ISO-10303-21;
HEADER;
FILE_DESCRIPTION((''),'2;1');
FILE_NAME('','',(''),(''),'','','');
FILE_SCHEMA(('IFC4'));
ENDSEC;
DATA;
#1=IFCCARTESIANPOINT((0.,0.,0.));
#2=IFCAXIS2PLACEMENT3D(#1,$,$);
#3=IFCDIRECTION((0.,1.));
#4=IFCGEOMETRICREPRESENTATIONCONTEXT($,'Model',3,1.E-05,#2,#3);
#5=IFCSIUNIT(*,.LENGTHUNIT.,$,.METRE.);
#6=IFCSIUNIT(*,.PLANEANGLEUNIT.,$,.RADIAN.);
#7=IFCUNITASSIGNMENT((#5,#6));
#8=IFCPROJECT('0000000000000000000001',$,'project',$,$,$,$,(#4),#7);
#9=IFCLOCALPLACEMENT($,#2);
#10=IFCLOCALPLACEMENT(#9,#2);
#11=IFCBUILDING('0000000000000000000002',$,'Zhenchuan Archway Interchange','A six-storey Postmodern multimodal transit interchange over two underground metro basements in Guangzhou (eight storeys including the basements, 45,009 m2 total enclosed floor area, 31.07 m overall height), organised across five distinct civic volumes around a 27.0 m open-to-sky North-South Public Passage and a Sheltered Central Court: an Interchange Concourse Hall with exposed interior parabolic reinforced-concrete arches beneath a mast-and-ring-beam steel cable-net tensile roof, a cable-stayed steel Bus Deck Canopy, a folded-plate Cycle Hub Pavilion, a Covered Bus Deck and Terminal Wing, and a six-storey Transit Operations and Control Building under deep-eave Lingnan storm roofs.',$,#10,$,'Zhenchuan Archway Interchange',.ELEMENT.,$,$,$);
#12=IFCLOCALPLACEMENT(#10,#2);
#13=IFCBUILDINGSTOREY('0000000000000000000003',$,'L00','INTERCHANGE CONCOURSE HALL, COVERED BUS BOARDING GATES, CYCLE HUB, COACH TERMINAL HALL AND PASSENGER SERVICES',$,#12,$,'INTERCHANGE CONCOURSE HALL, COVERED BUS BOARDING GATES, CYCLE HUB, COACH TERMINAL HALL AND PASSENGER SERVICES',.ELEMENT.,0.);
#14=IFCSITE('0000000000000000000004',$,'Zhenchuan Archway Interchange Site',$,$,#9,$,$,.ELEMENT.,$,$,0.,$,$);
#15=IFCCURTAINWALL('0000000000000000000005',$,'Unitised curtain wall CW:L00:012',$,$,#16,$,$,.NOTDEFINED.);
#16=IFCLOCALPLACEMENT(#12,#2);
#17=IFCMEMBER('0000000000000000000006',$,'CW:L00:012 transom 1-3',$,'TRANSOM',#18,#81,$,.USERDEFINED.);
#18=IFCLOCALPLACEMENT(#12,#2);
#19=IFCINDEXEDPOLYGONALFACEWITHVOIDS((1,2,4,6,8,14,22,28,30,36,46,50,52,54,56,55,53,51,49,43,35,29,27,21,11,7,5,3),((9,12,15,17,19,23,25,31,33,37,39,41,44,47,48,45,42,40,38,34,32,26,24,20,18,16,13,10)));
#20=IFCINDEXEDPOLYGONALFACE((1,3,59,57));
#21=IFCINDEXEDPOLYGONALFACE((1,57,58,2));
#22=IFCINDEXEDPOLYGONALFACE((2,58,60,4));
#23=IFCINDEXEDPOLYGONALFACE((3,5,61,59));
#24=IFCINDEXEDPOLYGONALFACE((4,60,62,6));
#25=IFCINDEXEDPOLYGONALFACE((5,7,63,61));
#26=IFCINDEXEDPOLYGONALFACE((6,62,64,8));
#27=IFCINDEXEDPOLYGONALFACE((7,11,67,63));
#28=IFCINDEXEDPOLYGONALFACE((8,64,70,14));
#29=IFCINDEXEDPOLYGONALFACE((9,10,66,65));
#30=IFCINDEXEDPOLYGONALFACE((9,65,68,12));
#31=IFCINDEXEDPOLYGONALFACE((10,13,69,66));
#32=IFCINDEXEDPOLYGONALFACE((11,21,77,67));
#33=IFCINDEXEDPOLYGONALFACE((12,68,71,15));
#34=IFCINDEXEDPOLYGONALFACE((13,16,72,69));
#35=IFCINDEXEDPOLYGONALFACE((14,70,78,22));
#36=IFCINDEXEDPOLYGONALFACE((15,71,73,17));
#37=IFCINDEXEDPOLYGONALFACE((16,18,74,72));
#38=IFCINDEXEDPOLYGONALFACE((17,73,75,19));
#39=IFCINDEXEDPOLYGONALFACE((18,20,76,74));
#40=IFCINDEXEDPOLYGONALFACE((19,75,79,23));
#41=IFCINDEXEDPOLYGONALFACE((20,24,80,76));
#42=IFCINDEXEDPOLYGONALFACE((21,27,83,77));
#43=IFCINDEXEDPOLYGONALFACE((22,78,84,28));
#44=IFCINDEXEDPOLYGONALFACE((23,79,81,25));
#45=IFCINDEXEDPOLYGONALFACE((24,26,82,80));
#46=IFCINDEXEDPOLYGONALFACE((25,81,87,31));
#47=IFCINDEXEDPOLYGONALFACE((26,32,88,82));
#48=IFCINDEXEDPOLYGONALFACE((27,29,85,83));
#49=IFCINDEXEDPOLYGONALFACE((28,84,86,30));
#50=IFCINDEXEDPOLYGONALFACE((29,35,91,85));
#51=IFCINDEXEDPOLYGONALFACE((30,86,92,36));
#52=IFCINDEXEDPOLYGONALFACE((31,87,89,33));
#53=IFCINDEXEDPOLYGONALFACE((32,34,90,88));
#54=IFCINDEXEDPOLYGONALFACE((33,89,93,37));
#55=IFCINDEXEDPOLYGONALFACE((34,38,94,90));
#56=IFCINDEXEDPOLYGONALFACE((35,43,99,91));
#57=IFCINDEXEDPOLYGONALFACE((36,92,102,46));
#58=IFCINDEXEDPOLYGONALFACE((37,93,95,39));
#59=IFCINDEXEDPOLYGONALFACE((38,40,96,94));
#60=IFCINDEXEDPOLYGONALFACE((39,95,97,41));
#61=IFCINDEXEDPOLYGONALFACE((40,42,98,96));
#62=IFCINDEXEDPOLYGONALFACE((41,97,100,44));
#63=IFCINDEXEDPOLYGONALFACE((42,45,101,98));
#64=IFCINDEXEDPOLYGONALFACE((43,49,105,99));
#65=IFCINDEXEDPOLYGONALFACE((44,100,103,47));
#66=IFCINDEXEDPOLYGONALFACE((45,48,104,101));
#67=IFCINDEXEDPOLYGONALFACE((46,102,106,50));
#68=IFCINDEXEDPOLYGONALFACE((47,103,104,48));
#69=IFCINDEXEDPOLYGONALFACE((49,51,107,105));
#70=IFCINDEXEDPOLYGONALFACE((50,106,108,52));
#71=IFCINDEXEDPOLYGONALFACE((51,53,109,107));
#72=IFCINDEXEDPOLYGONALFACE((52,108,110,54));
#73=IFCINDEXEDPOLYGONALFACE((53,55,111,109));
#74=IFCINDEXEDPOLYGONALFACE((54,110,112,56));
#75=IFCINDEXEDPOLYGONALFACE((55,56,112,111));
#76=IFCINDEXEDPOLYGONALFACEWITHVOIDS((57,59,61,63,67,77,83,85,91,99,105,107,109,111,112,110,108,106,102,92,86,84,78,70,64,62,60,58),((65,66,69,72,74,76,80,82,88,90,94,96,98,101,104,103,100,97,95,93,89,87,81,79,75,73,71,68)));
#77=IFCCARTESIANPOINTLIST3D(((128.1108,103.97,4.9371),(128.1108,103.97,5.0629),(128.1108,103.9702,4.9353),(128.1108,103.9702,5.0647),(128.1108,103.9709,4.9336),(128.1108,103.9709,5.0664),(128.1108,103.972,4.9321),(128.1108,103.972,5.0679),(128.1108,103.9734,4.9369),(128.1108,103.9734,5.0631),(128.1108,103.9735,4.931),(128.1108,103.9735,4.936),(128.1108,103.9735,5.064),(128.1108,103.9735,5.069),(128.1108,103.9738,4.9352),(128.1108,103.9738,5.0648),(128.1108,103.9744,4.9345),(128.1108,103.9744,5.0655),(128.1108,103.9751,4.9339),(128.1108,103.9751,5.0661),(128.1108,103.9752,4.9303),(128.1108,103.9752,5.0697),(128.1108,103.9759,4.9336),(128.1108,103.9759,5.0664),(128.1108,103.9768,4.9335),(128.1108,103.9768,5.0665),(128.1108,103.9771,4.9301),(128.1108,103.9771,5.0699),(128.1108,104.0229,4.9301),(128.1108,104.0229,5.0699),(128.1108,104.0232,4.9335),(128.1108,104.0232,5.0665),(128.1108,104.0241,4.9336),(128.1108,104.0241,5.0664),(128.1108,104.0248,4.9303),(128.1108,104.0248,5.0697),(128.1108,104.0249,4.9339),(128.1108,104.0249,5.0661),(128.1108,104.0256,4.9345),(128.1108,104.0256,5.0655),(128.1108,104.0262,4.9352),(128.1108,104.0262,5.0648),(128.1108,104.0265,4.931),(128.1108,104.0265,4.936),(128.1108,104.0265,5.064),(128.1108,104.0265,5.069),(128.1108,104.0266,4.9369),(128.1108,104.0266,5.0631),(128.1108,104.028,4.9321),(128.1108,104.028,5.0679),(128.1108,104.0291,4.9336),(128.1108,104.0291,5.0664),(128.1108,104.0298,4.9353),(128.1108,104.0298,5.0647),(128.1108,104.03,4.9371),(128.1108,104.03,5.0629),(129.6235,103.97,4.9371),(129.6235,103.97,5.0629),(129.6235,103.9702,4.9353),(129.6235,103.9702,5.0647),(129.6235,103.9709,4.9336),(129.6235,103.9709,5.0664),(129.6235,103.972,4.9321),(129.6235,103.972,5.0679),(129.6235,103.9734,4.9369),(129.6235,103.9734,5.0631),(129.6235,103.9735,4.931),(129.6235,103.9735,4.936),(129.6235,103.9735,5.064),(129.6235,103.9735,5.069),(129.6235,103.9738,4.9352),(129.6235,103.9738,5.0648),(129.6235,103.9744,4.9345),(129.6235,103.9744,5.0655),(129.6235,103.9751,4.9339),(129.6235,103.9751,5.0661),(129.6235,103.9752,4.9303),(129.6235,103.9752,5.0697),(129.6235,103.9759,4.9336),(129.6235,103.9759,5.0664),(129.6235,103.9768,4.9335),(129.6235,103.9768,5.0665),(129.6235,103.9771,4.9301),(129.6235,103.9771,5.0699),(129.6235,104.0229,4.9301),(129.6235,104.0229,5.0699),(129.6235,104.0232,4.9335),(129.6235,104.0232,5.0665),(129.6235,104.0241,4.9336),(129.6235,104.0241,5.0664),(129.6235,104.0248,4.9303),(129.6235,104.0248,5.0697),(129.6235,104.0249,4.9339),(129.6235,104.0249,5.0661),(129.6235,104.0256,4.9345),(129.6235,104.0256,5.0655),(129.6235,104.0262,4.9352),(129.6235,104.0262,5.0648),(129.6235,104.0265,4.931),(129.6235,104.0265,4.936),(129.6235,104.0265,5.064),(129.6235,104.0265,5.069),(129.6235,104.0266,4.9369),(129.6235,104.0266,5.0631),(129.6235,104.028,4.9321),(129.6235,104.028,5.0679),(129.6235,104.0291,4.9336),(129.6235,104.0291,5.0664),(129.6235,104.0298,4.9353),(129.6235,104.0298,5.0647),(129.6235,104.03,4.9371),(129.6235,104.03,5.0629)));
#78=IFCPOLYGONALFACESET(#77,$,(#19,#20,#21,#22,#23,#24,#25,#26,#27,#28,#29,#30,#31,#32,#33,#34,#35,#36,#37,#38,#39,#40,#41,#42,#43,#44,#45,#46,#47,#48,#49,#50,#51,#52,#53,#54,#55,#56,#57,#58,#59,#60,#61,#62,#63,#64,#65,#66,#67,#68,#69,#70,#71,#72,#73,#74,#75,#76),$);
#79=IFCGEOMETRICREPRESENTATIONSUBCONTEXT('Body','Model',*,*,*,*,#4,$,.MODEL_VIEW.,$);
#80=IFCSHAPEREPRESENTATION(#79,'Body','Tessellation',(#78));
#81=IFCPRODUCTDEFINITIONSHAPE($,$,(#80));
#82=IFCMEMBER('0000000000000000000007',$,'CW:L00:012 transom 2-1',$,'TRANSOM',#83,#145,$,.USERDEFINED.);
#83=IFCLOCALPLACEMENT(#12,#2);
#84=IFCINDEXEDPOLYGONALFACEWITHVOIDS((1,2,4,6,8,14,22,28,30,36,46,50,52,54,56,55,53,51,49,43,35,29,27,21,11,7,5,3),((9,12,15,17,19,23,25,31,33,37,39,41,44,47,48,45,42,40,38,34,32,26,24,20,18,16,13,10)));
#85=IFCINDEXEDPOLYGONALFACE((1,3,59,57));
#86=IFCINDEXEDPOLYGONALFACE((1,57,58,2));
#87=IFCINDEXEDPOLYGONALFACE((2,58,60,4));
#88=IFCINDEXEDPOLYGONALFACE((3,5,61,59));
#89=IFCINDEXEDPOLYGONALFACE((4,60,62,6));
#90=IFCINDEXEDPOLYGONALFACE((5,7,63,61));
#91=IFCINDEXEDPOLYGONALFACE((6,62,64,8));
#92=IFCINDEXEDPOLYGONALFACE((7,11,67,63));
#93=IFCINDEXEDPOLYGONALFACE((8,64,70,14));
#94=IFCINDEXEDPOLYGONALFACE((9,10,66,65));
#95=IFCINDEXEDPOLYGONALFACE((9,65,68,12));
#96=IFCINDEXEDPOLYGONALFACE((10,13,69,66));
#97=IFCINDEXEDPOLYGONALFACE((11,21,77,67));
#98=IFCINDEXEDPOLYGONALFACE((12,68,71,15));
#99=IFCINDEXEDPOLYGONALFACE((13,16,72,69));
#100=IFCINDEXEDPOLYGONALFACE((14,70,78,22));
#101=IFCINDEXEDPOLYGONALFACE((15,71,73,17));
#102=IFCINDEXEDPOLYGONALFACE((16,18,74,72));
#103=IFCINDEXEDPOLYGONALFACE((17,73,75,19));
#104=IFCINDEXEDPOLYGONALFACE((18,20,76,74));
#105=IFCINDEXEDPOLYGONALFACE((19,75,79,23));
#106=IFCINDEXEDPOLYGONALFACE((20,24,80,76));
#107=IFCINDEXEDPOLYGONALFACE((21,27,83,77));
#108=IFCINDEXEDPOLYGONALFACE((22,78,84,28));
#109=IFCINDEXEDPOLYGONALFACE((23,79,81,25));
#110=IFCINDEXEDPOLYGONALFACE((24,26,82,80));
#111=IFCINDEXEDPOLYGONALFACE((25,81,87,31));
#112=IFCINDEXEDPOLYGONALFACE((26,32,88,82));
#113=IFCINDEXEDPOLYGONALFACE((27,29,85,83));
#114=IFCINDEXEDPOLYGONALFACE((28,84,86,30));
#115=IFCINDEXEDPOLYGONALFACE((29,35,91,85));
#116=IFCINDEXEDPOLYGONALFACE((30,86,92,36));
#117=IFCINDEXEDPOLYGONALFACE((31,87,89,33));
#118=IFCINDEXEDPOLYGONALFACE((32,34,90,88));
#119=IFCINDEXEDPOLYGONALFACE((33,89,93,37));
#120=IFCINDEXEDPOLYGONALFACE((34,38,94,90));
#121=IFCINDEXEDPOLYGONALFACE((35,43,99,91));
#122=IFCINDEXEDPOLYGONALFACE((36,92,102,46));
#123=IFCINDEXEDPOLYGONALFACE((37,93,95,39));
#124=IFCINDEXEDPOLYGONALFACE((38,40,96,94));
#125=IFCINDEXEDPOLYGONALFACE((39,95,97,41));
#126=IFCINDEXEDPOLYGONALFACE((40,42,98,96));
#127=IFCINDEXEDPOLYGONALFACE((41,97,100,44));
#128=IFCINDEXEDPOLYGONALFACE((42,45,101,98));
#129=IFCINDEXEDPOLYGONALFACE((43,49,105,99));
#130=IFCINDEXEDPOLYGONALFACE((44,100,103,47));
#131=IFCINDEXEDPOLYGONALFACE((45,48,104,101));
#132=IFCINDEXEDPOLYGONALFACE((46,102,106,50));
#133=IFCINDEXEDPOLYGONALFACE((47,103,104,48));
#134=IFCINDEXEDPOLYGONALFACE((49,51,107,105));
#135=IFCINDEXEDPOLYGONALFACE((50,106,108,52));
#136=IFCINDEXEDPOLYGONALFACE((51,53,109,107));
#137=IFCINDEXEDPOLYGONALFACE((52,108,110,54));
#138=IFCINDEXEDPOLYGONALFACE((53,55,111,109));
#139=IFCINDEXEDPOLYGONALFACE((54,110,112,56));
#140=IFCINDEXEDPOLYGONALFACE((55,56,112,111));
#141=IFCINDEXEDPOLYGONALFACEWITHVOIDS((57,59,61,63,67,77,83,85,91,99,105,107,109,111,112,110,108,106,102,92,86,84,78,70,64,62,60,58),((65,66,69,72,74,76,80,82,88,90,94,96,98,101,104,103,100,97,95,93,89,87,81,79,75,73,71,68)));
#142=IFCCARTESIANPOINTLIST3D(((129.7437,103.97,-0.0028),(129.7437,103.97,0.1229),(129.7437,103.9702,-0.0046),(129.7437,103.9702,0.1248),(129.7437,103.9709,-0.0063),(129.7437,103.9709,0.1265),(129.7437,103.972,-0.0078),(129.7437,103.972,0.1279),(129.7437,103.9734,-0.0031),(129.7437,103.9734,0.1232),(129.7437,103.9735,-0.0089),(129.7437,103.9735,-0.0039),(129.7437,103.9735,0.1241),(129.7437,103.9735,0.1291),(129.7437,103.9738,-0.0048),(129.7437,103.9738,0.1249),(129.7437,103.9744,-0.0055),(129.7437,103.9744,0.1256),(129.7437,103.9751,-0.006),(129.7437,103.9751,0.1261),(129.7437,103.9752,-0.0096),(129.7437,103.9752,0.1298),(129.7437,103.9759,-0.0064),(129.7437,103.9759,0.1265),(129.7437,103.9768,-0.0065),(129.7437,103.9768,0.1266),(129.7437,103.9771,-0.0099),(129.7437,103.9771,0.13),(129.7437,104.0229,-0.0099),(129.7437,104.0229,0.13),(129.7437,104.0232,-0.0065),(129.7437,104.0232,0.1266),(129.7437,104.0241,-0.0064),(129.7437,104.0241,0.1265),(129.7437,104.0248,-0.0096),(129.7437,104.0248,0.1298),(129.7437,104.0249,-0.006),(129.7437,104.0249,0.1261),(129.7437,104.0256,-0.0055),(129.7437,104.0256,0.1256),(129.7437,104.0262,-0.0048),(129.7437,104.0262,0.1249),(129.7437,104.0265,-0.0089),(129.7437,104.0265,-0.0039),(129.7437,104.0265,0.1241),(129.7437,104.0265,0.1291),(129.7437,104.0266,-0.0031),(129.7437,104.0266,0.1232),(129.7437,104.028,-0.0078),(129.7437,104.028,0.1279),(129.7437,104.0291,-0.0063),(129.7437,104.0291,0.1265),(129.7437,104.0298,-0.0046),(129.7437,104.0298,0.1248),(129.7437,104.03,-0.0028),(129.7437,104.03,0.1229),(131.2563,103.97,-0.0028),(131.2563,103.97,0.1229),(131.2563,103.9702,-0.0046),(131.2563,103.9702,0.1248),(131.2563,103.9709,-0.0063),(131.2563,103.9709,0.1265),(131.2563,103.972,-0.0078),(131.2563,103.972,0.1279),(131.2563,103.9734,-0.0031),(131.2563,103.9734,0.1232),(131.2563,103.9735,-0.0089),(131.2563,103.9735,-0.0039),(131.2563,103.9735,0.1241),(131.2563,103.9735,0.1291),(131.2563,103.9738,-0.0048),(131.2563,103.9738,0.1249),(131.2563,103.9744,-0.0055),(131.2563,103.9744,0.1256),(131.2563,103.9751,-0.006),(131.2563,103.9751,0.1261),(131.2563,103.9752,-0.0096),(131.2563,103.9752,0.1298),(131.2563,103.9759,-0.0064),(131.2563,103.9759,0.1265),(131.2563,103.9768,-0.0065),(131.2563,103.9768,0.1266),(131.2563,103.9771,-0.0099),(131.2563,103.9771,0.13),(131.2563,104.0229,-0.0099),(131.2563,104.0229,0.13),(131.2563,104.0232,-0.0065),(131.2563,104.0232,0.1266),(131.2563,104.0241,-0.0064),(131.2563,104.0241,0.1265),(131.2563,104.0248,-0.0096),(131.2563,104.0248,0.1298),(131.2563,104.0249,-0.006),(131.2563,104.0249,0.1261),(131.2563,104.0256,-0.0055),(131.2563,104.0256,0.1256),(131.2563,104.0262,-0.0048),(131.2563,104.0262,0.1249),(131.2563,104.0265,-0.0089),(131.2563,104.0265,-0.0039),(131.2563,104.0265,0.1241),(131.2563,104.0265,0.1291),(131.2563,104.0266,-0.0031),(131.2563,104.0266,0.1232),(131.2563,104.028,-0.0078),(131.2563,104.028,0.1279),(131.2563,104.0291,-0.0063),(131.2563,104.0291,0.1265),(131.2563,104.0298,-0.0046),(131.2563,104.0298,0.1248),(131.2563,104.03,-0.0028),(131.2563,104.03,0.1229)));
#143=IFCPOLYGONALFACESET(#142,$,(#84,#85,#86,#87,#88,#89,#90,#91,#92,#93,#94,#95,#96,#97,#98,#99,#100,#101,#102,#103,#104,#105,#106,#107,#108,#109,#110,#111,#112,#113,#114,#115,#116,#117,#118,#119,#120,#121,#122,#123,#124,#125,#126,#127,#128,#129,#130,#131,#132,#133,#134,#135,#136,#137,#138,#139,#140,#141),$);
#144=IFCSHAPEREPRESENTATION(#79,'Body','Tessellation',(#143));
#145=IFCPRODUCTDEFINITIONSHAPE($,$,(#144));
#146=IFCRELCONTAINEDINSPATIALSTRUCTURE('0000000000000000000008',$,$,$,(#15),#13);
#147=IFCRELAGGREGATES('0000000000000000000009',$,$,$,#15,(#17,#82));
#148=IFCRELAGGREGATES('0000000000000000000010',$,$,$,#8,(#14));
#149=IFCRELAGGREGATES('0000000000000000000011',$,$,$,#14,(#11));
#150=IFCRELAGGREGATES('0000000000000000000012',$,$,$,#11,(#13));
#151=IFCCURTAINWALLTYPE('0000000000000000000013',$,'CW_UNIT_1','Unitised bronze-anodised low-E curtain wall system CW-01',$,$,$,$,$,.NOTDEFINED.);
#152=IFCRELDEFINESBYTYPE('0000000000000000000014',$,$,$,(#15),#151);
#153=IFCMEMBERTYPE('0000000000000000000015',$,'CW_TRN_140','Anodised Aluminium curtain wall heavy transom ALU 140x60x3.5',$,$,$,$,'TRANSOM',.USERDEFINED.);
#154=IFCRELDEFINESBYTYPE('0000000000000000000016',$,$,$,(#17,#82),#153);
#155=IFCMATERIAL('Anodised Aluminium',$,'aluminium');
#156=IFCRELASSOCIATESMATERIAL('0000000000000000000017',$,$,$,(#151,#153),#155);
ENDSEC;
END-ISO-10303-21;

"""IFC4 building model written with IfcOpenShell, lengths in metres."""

from ifc_helpers import new_model, si_unit, direction, frame, origin, origin_2d, place, context, subcontext, project, spatial, hollow_rectangle, extrude, material, material_profile, profile_set, type_object, element, aggregate, save


model = new_model("IFC4")

# Units and contexts
model_context = context("Model", 3, precision=1e-05, world=origin(), true_north=direction((0.0, 1.0)))
body_context = subcontext(model_context, "Body", "Model", "MODEL_VIEW")
ifc_project = project(units=[si_unit("LENGTHUNIT", "METRE"), si_unit("PLANEANGLEUNIT", "RADIAN")], contexts=[model_context])

# Site, building, storey
site_placement = place(None, origin())
site = spatial("IfcSite", under=ifc_project, at=site_placement, Name="Zhenchuan Archway Interchange Site", CompositionType="ELEMENT", RefElevation=0.0)
building_placement = place(site_placement, origin())
building = spatial("IfcBuilding", under=site, at=building_placement, Name="Zhenchuan Archway Interchange", Description="A six-storey Postmodern multimodal transit interchange over two underground metro basements in Guangzhou (eight storeys including the basements, 45,009 m2 total enclosed floor area, 31.07 m overall height), organised across five distinct civic volumes around a 27.0 m open-to-sky North-South Public Passage and a Sheltered Central Court: an Interchange Concourse Hall with exposed interior parabolic reinforced-concrete arches beneath a mast-and-ring-beam steel cable-net tensile roof, a cable-stayed steel Bus Deck Canopy, a folded-plate Cycle Hub Pavilion, a Covered Bus Deck and Terminal Wing, and a six-storey Transit Operations and Control Building under deep-eave Lingnan storm roofs.", LongName="Zhenchuan Archway Interchange", CompositionType="ELEMENT")
storey_placement = place(building_placement, origin())
storey = spatial("IfcBuildingStorey", under=building, at=storey_placement, Name="L00", Description="INTERCHANGE CONCOURSE HALL, COVERED BUS BOARDING GATES, CYCLE HUB, COACH TERMINAL HALL AND PASSENGER SERVICES", LongName="INTERCHANGE CONCOURSE HALL, COVERED BUS BOARDING GATES, CYCLE HUB, COACH TERMINAL HALL AND PASSENGER SERVICES", CompositionType="ELEMENT", Elevation=0.0)

# Curtain wall, members
ifc_material_1 = material(Name="Anodised Aluminium", Category="aluminium")
curtain_wall_type = type_object("IfcCurtainWallType", Name="CW_UNIT_1", Description="Unitised bronze-anodised low-E curtain wall system CW-01", PredefinedType="NOTDEFINED", material=ifc_material_1)
curtain_wall_placement = place(storey_placement, origin())
curtain_wall = element("IfcCurtainWall", 1, at=curtain_wall_placement, inside=storey, type_object=curtain_wall_type, Name="Unitised curtain wall CW:L00:012", PredefinedType="NOTDEFINED")
ifc_material_profile_1 = material_profile(ifc_material_1, hollow_rectangle(XDim=0.0601, YDim=0.1399, WallThickness=0.0034, InnerFilletRadius=0.0034, OuterFilletRadius=0.0071, at=origin_2d()), Name="ALU 140x60x3.5")
ifc_profile_set_1 = profile_set([ifc_material_profile_1], Name="Anodised Aluminium")
member_type_1 = type_object("IfcMemberType", Name="CW_TRN_140", Description="Anodised Aluminium curtain wall heavy transom ALU 140x60x3.5", ElementType="TRANSOM", PredefinedType="USERDEFINED", material=ifc_profile_set_1)
member_1_placement = place(storey_placement, frame((128.1108, 104.0, 5.0), z_axis=(1.0, 0.0, 0.0), x_axis=(0.0, 1.0, 0.0)))
member_1 = element("IfcMember", 2, at=member_1_placement, type_object=member_type_1, Name="CW:L00:012 transom 1-3", ObjectType="TRANSOM", PredefinedType="USERDEFINED", context=body_context, shape_type="SweptSolid", body=[
    extrude(hollow_rectangle(XDim=0.0601, YDim=0.1399, WallThickness=0.0034, InnerFilletRadius=0.0034, OuterFilletRadius=0.0071, at=origin_2d()), origin(), (0.0, 0.0, 1.0), 1.5127),
])
member_2_placement = place(storey_placement, frame((129.7437, 104.0, 0.0601), z_axis=(1.0, 0.0, 0.0), x_axis=(0.0, 1.0, 0.0)))
member_2 = element("IfcMember", 3, at=member_2_placement, type_object=member_type_1, Name="CW:L00:012 transom 2-1", ObjectType="TRANSOM", PredefinedType="USERDEFINED", context=body_context, shape_type="SweptSolid", body=[
    extrude(hollow_rectangle(XDim=0.0601, YDim=0.1399, WallThickness=0.0034, InnerFilletRadius=0.0034, OuterFilletRadius=0.0071, at=origin_2d()), origin(), (0.0, 0.0, 1.0), 1.5127),
])

aggregate(curtain_wall, [member_1, member_2])

save(model, "model.ifc")
